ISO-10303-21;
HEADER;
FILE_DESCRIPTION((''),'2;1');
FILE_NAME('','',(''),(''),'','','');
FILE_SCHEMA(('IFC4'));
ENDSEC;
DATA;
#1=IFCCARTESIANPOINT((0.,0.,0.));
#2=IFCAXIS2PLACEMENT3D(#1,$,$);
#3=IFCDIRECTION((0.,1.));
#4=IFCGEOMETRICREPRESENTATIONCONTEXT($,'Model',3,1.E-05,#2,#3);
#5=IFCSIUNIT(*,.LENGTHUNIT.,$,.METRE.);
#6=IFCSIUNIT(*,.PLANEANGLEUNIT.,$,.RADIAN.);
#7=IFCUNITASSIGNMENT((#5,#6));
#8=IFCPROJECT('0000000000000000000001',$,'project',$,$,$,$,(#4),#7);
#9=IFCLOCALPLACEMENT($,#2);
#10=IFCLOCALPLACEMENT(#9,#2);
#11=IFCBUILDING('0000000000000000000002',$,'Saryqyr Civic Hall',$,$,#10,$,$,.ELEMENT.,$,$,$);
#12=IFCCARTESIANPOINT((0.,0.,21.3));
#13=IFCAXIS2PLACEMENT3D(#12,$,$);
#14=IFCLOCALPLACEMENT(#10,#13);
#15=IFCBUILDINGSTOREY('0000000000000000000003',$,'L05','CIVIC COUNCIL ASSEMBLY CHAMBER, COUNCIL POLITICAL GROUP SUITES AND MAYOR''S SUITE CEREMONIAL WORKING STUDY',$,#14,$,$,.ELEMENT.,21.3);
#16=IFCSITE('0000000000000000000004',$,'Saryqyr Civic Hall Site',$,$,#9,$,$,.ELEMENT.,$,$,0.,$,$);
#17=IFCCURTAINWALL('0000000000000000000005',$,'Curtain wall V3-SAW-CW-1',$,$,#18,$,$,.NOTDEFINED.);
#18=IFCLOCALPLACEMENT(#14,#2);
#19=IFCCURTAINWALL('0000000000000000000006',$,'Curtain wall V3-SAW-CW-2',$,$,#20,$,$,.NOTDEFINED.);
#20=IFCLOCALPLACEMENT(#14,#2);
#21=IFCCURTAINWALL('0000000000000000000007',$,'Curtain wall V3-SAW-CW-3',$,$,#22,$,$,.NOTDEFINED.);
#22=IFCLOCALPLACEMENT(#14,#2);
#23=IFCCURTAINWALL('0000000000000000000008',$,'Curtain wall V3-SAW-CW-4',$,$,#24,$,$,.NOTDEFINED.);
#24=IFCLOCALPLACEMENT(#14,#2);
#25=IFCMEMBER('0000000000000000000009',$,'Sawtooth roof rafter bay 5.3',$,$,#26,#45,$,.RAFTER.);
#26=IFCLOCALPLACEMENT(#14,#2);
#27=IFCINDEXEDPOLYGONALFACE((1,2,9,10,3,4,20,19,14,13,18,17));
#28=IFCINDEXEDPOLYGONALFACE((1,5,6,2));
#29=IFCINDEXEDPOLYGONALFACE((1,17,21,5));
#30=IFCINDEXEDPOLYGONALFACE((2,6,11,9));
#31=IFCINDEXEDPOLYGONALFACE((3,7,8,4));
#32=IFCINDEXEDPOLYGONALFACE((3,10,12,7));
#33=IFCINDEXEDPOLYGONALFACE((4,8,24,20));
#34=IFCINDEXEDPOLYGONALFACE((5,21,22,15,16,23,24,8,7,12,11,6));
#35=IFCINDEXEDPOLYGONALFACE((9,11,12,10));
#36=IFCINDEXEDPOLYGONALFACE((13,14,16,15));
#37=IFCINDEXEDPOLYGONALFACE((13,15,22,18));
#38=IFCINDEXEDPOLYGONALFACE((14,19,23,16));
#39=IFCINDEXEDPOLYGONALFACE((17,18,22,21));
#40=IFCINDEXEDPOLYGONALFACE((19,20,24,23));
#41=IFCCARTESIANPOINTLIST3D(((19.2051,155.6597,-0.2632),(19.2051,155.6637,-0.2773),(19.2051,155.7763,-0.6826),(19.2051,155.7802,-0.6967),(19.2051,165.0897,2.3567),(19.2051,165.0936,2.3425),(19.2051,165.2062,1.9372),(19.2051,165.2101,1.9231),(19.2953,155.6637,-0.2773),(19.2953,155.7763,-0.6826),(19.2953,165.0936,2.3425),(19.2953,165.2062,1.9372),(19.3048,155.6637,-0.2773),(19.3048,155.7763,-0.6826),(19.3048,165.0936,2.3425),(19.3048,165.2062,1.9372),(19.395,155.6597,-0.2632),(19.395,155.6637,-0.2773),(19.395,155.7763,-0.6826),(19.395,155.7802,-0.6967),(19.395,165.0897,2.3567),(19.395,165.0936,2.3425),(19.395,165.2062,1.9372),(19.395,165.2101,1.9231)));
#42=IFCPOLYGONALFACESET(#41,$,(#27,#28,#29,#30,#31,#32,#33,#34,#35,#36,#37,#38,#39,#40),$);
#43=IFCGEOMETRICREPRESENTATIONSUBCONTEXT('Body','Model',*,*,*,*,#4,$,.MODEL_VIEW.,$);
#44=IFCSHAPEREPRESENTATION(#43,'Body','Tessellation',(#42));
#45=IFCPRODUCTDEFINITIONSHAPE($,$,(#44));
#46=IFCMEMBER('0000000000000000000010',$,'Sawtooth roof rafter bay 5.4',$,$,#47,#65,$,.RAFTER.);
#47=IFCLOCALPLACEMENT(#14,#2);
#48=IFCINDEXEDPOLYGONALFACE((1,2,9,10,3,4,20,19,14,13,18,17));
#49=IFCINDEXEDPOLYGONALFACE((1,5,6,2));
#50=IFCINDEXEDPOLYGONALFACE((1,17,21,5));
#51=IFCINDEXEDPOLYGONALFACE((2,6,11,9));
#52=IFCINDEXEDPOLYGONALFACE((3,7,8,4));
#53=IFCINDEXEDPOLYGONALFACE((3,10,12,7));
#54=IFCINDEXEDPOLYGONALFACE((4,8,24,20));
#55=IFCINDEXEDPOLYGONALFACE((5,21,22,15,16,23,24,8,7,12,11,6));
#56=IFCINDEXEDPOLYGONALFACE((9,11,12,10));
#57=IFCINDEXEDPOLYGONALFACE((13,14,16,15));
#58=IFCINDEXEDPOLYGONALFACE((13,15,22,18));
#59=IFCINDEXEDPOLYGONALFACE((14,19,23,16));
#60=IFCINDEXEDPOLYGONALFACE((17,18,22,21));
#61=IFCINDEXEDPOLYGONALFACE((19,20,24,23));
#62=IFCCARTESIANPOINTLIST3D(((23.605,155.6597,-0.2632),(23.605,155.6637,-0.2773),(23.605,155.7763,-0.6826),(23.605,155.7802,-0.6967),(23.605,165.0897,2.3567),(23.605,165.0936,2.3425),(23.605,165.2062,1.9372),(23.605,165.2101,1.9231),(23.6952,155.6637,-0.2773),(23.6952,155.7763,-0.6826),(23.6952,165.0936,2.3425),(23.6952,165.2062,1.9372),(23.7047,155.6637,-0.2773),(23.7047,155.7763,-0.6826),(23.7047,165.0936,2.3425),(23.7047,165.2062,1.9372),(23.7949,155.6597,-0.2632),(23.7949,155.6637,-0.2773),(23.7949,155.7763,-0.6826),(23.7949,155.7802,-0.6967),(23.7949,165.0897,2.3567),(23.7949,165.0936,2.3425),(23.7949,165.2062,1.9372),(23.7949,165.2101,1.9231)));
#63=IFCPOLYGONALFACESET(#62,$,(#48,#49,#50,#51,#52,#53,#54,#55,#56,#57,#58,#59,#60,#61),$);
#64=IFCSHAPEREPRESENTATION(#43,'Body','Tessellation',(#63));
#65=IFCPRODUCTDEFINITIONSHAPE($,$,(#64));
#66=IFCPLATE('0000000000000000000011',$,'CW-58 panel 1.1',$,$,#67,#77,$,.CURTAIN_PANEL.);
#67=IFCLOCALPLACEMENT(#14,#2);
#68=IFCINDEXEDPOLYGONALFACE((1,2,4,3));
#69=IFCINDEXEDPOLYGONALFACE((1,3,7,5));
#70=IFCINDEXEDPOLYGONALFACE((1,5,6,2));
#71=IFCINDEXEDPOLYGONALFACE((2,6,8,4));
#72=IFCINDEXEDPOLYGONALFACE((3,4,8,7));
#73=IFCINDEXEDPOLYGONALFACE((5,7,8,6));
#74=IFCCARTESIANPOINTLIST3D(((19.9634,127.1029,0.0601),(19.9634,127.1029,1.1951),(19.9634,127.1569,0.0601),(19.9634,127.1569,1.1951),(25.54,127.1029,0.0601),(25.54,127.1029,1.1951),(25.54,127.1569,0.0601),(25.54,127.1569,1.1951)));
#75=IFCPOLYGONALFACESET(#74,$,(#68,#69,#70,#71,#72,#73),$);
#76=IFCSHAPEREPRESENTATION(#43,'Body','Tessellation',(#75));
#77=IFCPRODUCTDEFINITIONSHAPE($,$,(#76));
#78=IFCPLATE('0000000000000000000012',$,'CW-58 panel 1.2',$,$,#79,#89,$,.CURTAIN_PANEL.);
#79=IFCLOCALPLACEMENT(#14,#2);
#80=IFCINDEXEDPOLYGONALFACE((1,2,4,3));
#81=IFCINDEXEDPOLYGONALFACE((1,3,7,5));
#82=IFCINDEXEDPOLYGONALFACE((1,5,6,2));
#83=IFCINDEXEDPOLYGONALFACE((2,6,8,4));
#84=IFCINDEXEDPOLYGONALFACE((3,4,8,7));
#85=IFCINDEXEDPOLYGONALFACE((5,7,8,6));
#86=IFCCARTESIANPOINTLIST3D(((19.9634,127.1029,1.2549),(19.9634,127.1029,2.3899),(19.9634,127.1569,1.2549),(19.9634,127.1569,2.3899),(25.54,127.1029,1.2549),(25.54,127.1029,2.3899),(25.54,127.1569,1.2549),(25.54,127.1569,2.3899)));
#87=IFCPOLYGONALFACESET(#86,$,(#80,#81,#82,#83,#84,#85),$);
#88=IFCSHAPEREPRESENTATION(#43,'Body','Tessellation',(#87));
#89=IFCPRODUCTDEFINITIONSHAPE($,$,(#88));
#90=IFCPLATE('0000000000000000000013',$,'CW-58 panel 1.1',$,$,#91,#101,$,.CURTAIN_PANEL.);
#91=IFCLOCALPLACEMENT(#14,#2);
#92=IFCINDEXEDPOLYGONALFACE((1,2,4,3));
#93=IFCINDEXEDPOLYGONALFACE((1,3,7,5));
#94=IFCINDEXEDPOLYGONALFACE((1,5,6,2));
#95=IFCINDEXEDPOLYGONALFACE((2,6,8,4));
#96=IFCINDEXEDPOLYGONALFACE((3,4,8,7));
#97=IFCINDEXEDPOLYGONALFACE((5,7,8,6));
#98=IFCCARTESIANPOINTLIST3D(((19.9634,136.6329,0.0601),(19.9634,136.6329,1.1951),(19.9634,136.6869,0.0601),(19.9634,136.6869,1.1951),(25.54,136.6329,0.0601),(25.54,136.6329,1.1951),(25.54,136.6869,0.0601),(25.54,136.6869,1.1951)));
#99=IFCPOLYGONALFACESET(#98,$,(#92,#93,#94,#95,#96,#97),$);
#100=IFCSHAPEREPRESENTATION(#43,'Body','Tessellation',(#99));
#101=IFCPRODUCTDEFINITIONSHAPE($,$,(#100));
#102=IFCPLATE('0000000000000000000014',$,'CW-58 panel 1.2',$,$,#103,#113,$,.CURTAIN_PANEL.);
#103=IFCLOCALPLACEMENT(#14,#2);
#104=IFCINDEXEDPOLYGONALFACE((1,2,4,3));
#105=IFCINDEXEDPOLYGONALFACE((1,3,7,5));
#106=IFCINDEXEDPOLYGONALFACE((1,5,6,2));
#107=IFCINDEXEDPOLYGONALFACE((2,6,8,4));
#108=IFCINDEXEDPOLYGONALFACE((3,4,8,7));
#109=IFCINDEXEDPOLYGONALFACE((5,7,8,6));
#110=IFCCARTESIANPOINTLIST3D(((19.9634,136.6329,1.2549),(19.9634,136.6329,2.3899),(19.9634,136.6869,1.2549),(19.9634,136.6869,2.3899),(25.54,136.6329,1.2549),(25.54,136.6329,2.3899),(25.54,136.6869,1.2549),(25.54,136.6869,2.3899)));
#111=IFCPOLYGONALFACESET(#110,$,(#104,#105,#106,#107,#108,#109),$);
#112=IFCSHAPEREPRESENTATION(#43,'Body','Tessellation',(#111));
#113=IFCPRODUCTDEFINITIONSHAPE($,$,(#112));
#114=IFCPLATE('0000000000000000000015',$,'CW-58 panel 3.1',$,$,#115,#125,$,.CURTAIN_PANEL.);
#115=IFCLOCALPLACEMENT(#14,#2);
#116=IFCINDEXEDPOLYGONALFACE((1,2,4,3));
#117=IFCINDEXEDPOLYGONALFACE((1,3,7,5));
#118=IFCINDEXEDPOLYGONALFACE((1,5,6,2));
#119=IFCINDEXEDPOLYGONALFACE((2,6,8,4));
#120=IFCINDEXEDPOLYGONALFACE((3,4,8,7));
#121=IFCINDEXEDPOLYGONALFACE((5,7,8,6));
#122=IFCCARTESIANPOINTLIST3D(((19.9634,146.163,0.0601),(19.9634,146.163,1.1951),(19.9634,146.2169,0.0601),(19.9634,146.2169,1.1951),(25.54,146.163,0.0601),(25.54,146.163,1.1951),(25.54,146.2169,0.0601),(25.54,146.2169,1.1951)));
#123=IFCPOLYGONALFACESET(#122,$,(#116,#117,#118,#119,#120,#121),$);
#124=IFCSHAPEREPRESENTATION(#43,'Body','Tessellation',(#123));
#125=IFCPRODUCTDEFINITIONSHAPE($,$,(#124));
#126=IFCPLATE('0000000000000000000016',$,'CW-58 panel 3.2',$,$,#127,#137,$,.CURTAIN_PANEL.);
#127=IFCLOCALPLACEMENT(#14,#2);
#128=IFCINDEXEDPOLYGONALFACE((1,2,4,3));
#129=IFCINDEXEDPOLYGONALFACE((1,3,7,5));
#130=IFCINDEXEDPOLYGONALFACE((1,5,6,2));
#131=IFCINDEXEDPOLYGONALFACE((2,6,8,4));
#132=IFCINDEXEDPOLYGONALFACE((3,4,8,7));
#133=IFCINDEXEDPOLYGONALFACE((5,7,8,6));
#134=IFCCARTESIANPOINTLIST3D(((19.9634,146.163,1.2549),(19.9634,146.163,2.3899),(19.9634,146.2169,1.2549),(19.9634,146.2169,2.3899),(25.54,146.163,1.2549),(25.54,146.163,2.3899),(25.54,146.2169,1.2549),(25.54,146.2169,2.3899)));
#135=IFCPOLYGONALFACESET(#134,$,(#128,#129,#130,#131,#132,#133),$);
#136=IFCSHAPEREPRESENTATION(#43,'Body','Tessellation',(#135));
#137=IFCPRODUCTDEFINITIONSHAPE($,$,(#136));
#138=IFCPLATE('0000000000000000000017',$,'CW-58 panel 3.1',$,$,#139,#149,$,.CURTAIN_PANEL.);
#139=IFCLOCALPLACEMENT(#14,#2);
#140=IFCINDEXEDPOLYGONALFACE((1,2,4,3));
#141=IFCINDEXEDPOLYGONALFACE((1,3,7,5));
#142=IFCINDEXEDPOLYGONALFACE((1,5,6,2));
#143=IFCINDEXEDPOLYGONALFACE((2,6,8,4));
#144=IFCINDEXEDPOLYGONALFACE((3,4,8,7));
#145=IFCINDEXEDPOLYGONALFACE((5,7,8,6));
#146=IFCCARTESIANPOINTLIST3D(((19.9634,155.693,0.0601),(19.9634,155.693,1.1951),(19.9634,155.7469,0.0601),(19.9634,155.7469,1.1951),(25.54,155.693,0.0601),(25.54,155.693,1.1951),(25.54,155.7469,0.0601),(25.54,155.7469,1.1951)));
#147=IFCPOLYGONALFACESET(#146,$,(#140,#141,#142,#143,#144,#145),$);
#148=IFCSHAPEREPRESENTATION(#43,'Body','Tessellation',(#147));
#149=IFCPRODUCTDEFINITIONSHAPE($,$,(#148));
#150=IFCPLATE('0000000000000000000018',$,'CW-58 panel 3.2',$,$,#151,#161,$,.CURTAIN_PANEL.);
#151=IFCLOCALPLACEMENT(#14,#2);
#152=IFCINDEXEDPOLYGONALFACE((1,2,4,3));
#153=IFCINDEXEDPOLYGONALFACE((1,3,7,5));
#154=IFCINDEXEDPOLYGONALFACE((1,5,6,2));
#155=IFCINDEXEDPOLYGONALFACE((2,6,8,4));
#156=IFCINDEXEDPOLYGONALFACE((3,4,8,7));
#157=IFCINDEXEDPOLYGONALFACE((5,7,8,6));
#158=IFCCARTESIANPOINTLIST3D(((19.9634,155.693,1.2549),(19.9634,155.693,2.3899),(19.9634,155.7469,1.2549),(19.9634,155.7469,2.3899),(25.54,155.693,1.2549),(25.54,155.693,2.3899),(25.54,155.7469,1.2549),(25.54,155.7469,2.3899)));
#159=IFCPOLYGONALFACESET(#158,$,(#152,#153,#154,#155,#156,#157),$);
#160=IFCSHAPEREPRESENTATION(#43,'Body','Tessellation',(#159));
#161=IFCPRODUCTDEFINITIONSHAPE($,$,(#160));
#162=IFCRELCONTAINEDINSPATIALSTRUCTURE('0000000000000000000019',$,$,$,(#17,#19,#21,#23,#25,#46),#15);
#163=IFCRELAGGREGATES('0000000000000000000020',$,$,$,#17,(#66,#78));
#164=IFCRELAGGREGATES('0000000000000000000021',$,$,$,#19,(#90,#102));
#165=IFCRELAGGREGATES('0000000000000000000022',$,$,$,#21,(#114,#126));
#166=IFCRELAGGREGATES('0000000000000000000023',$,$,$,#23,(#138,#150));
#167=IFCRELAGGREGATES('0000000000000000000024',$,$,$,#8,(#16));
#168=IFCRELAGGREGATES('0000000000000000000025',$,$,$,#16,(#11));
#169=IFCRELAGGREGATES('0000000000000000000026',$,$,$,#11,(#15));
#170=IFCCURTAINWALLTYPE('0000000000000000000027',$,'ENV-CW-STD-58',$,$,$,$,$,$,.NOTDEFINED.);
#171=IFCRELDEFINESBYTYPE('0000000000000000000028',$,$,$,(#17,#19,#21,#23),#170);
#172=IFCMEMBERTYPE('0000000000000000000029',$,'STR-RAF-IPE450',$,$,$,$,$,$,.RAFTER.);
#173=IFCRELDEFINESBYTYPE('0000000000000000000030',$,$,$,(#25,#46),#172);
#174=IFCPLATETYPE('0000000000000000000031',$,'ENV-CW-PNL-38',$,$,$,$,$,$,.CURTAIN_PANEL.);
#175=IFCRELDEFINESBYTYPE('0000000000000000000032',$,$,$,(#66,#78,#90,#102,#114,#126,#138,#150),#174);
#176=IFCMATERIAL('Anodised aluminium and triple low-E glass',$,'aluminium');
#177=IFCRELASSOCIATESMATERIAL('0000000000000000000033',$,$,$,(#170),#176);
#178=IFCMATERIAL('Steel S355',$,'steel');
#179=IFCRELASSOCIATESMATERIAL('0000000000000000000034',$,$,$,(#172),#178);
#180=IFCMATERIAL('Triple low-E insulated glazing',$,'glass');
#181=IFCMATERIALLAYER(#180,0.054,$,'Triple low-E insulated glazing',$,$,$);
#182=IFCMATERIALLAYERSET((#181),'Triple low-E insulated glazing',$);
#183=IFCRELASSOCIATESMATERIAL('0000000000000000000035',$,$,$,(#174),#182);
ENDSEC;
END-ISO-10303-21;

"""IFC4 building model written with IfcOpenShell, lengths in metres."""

from ifc_helpers import new_model, si_unit, direction, frame, origin, origin_2d, place, context, subcontext, project, spatial, rectangle, i_section, extrude, material, layer, layer_set, material_profile, profile_set, type_object, element, aggregate, save


model = new_model("IFC4")

# Units and contexts
model_context = context("Model", 3, precision=1e-05, world=origin(), true_north=direction((0.0, 1.0)))
body_context = subcontext(model_context, "Body", "Model", "MODEL_VIEW")
ifc_project = project(units=[si_unit("LENGTHUNIT", "METRE"), si_unit("PLANEANGLEUNIT", "RADIAN")], contexts=[model_context])

# Site, building, storey
site_placement = place(None, origin())
site = spatial("IfcSite", under=ifc_project, at=site_placement, Name="Saryqyr Civic Hall Site", CompositionType="ELEMENT", RefElevation=0.0)
building_placement = place(site_placement, origin())
building = spatial("IfcBuilding", under=site, at=building_placement, Name="Saryqyr Civic Hall", CompositionType="ELEMENT")
storey_placement = place(building_placement, frame((0.0, 0.0, 21.3)))
storey = spatial("IfcBuildingStorey", under=building, at=storey_placement, Name="L05", Description="CIVIC COUNCIL ASSEMBLY CHAMBER, COUNCIL POLITICAL GROUP SUITES AND MAYOR'S SUITE CEREMONIAL WORKING STUDY", CompositionType="ELEMENT", Elevation=21.3)

# Curtain walls
ifc_material_1 = material(Name="Anodised aluminium and triple low-E glass", Category="aluminium")
curtain_wall_type = type_object("IfcCurtainWallType", Name="ENV-CW-STD-58", PredefinedType="NOTDEFINED", material=ifc_material_1)
curtain_wall_1_placement = place(storey_placement, origin())
curtain_wall_1 = element("IfcCurtainWall", 1, at=curtain_wall_1_placement, inside=storey, type_object=curtain_wall_type, Name="Curtain wall V3-SAW-CW-1", PredefinedType="NOTDEFINED")
curtain_wall_2_placement = place(storey_placement, origin())
curtain_wall_2 = element("IfcCurtainWall", 2, at=curtain_wall_2_placement, inside=storey, type_object=curtain_wall_type, Name="Curtain wall V3-SAW-CW-2", PredefinedType="NOTDEFINED")
curtain_wall_3_placement = place(storey_placement, origin())
curtain_wall_3 = element("IfcCurtainWall", 3, at=curtain_wall_3_placement, inside=storey, type_object=curtain_wall_type, Name="Curtain wall V3-SAW-CW-3", PredefinedType="NOTDEFINED")
curtain_wall_4_placement = place(storey_placement, origin())
curtain_wall_4 = element("IfcCurtainWall", 4, at=curtain_wall_4_placement, inside=storey, type_object=curtain_wall_type, Name="Curtain wall V3-SAW-CW-4", PredefinedType="NOTDEFINED")

# Members
ifc_material_2 = material(Name="Steel S355", Category="steel")
ifc_material_profile_1 = material_profile(ifc_material_2, i_section(OverallWidth=0.1899, OverallDepth=0.45, WebThickness=0.0095, FlangeThickness=0.0146, at=origin_2d()), Name="IPE 450")
ifc_profile_set_1 = profile_set([ifc_material_profile_1], Name="Steel S355")
member_type_1 = type_object("IfcMemberType", Name="STR-RAF-IPE450", PredefinedType="RAFTER", material=ifc_profile_set_1)
for number, where, z_axis, x_axis, name in (
    (5, (19.3, 155.72, -0.48), (0.0, 0.963506, 0.267686), (-1.0, 0.0, 0.0), "Sawtooth roof rafter bay 5.3"),
    (6, (23.7, 155.72, -0.48), (0.0, 0.963506, 0.267686), (-1.0, 0.0, 0.0), "Sawtooth roof rafter bay 5.4"),
):
    element("IfcMember", number, at=place(storey_placement, frame(where, z_axis=z_axis, x_axis=x_axis)), inside=storey, type_object=member_type_1, Name=name, PredefinedType="RAFTER", context=body_context, shape_type="SweptSolid", body=[
        extrude(i_section(OverallWidth=0.1899, OverallDepth=0.45, WebThickness=0.0095, FlangeThickness=0.0146, at=origin_2d()), origin(), (0.0, 0.0, 1.0), 9.7871),
    ])

# Plates
ifc_material_3 = material(Name="Triple low-E insulated glazing", Category="glass")
ifc_layer = layer(ifc_material_3, 0.054, Name="Triple low-E insulated glazing")
ifc_layer_set = layer_set([ifc_layer], Name="Triple low-E insulated glazing")
plate_type = type_object("IfcPlateType", Name="ENV-CW-PNL-38", PredefinedType="CURTAIN_PANEL", material=ifc_layer_set)
plate_1_placement = place(storey_placement, frame((22.7517, 127.1299, 0.0601), z_axis=(0.0, 0.0, 1.0), x_axis=(-1.0, 0.0, 0.0)))
plate_1 = element("IfcPlate", 7, at=plate_1_placement, type_object=plate_type, Name="CW-58 panel 1.1", PredefinedType="CURTAIN_PANEL", context=body_context, shape_type="SweptSolid", body=[
    extrude(rectangle(XDim=5.5767, YDim=0.054, at=origin_2d()), origin(), (0.0, 0.0, 1.0), 1.135),
])
plate_2_placement = place(storey_placement, frame((22.7517, 127.1299, 1.2549), z_axis=(0.0, 0.0, 1.0), x_axis=(-1.0, 0.0, 0.0)))
plate_2 = element("IfcPlate", 8, at=plate_2_placement, type_object=plate_type, Name="CW-58 panel 1.2", PredefinedType="CURTAIN_PANEL", context=body_context, shape_type="SweptSolid", body=[
    extrude(rectangle(XDim=5.5767, YDim=0.054, at=origin_2d()), origin(), (0.0, 0.0, 1.0), 1.135),
])
aggregate(curtain_wall_1, [plate_1, plate_2])
plate_3_placement = place(storey_placement, frame((22.7517, 136.6599, 0.0601), z_axis=(0.0, 0.0, 1.0), x_axis=(-1.0, 0.0, 0.0)))
plate_3 = element("IfcPlate", 9, at=plate_3_placement, type_object=plate_type, Name="CW-58 panel 1.1", PredefinedType="CURTAIN_PANEL", context=body_context, shape_type="SweptSolid", body=[
    extrude(rectangle(XDim=5.5767, YDim=0.054, at=origin_2d()), origin(), (0.0, 0.0, 1.0), 1.135),
])
plate_4_placement = place(storey_placement, frame((22.7517, 136.6599, 1.2549), z_axis=(0.0, 0.0, 1.0), x_axis=(-1.0, 0.0, 0.0)))
plate_4 = element("IfcPlate", 10, at=plate_4_placement, type_object=plate_type, Name="CW-58 panel 1.2", PredefinedType="CURTAIN_PANEL", context=body_context, shape_type="SweptSolid", body=[
    extrude(rectangle(XDim=5.5767, YDim=0.054, at=origin_2d()), origin(), (0.0, 0.0, 1.0), 1.135),
])
aggregate(curtain_wall_2, [plate_3, plate_4])
plate_5_placement = place(storey_placement, frame((22.7517, 146.1899, 0.0601), z_axis=(0.0, 0.0, 1.0), x_axis=(1.0, 0.0, 0.0)))
plate_5 = element("IfcPlate", 11, at=plate_5_placement, type_object=plate_type, Name="CW-58 panel 3.1", PredefinedType="CURTAIN_PANEL", context=body_context, shape_type="SweptSolid", body=[
    extrude(rectangle(XDim=5.5767, YDim=0.054, at=origin_2d()), origin(), (0.0, 0.0, 1.0), 1.135),
])
plate_6_placement = place(storey_placement, frame((22.7517, 146.1899, 1.2549), z_axis=(0.0, 0.0, 1.0), x_axis=(1.0, 0.0, 0.0)))
plate_6 = element("IfcPlate", 12, at=plate_6_placement, type_object=plate_type, Name="CW-58 panel 3.2", PredefinedType="CURTAIN_PANEL", context=body_context, shape_type="SweptSolid", body=[
    extrude(rectangle(XDim=5.5767, YDim=0.054, at=origin_2d()), origin(), (0.0, 0.0, 1.0), 1.135),
])
aggregate(curtain_wall_3, [plate_5, plate_6])
plate_7_placement = place(storey_placement, frame((22.7517, 155.72, 0.0601), z_axis=(0.0, 0.0, 1.0), x_axis=(1.0, 0.0, 0.0)))
plate_7 = element("IfcPlate", 13, at=plate_7_placement, type_object=plate_type, Name="CW-58 panel 3.1", PredefinedType="CURTAIN_PANEL", context=body_context, shape_type="SweptSolid", body=[
    extrude(rectangle(XDim=5.5767, YDim=0.054, at=origin_2d()), origin(), (0.0, 0.0, 1.0), 1.135),
])
plate_8_placement = place(storey_placement, frame((22.7517, 155.72, 1.2549), z_axis=(0.0, 0.0, 1.0), x_axis=(1.0, 0.0, 0.0)))
plate_8 = element("IfcPlate", 14, at=plate_8_placement, type_object=plate_type, Name="CW-58 panel 3.2", PredefinedType="CURTAIN_PANEL", context=body_context, shape_type="SweptSolid", body=[
    extrude(rectangle(XDim=5.5767, YDim=0.054, at=origin_2d()), origin(), (0.0, 0.0, 1.0), 1.135),
])
aggregate(curtain_wall_4, [plate_7, plate_8])

save(model, "model.ifc")
